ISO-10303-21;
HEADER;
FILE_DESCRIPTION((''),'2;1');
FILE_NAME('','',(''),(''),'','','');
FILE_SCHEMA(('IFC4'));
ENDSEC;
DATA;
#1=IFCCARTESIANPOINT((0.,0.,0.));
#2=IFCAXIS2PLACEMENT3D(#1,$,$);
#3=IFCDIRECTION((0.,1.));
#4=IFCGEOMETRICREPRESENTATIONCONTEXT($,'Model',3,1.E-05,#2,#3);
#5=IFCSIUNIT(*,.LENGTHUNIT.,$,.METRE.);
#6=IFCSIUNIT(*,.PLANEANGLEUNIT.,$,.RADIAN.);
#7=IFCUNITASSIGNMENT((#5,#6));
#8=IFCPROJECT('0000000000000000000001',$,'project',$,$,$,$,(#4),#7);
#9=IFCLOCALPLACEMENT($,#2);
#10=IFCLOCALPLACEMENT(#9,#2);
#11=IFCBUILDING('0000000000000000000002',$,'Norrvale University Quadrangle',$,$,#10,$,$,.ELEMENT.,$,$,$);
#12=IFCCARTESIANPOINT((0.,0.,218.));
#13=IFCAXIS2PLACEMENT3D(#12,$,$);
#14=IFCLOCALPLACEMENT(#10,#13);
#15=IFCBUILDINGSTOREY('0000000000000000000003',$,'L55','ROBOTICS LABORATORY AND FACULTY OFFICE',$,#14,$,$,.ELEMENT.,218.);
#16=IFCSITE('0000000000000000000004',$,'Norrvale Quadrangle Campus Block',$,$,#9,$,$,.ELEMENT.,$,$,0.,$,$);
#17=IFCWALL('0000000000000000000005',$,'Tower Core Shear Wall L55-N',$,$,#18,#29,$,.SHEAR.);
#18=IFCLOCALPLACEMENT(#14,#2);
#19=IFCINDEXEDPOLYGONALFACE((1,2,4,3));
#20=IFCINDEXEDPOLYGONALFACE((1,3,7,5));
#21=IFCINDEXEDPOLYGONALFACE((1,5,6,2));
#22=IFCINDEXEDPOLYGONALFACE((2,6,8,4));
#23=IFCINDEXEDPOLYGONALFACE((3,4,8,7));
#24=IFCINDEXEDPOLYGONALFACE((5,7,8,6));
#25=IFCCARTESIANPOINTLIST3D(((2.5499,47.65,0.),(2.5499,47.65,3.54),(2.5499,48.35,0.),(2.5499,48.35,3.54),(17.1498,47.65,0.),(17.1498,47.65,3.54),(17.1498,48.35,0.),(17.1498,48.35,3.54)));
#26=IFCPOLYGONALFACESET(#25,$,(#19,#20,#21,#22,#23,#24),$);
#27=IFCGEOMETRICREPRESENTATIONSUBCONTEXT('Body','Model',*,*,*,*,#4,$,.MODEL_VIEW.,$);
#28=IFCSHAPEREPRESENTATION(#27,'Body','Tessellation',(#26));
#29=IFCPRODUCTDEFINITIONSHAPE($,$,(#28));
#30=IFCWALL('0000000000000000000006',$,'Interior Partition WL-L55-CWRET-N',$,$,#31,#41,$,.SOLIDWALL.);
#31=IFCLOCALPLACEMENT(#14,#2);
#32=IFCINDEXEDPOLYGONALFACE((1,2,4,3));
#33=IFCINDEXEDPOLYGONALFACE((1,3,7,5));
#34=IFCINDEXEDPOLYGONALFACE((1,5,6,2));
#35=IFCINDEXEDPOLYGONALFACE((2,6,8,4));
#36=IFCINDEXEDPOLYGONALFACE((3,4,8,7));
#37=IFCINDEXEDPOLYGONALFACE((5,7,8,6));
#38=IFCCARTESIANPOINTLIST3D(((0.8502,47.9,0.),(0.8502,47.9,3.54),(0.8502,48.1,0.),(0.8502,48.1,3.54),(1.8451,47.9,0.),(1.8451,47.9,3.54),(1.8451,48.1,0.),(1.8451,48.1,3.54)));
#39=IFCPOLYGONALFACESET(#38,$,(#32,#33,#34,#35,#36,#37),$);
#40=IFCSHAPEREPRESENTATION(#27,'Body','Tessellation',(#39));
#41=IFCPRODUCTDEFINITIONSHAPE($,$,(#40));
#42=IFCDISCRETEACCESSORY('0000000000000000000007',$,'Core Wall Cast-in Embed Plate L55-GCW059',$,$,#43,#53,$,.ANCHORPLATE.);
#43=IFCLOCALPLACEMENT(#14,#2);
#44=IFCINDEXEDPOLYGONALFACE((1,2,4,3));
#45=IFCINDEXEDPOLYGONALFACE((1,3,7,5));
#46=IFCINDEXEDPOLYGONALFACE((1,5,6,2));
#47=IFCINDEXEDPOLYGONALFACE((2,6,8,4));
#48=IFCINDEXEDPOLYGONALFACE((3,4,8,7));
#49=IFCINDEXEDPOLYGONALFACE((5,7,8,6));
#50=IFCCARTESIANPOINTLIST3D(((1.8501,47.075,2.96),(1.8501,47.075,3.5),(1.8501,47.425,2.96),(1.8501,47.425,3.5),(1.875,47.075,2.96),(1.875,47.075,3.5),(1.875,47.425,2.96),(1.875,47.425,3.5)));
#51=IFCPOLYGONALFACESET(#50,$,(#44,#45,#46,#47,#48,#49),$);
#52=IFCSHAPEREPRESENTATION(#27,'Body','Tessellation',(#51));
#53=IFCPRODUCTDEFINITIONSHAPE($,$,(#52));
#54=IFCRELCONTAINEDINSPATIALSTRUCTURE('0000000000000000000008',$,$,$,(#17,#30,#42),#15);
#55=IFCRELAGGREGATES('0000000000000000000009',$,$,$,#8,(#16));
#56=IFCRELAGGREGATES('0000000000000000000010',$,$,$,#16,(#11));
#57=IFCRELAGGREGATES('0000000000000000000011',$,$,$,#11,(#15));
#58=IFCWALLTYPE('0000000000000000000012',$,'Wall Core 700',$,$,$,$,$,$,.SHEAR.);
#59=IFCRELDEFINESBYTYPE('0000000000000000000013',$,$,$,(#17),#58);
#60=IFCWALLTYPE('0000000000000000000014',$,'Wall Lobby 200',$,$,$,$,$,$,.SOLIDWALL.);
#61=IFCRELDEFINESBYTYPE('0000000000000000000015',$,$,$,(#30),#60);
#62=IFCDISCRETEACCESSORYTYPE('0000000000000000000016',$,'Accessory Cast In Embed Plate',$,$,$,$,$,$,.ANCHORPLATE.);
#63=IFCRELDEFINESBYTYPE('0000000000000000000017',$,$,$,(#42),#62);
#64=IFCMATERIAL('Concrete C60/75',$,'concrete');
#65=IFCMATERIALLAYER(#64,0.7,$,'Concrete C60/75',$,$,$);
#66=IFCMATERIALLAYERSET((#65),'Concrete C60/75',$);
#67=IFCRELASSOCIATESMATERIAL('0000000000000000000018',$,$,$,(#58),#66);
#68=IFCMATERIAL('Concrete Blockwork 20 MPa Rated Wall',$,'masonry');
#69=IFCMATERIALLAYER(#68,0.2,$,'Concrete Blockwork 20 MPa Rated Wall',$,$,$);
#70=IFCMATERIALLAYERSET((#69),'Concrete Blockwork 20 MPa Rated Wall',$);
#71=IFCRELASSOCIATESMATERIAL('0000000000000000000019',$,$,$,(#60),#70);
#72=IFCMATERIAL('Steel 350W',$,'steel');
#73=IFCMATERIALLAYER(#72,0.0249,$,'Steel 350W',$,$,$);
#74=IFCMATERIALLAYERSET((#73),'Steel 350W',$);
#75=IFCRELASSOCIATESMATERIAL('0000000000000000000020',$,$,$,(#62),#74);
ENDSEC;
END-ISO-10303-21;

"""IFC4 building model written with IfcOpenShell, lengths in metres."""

from ifc_helpers import new_model, si_unit, direction, frame, frame_2d, origin, origin_2d, place, context, subcontext, project, spatial, rectangle, extrude, material, layer, layer_set, type_object, element, save


model = new_model("IFC4")

# Units and contexts
model_context = context("Model", 3, precision=1e-05, world=origin(), true_north=direction((0.0, 1.0)))
body_context = subcontext(model_context, "Body", "Model", "MODEL_VIEW")
ifc_project = project(units=[si_unit("LENGTHUNIT", "METRE"), si_unit("PLANEANGLEUNIT", "RADIAN")], contexts=[model_context])

# Site, building, storey
site_placement = place(None, origin())
site = spatial("IfcSite", under=ifc_project, at=site_placement, Name="Norrvale Quadrangle Campus Block", CompositionType="ELEMENT", RefElevation=0.0)
building_placement = place(site_placement, origin())
building = spatial("IfcBuilding", under=site, at=building_placement, Name="Norrvale University Quadrangle", CompositionType="ELEMENT")
storey_placement = place(building_placement, frame((0.0, 0.0, 218.0)))
storey = spatial("IfcBuildingStorey", under=building, at=storey_placement, Name="L55", Description="ROBOTICS LABORATORY AND FACULTY OFFICE", CompositionType="ELEMENT", Elevation=218.0)

# Shared definitions
ifc_material_1 = material(Name="Concrete C60/75", Category="concrete")

# Shared definitions
ifc_material_2 = material(Name="Steel 350W", Category="steel")

# Walls
ifc_layer_1 = layer(ifc_material_1, 0.7, Name="Concrete C60/75")
ifc_layer_set_1 = layer_set([ifc_layer_1], Name="Concrete C60/75")
wall_type_1 = type_object("IfcWallType", Name="Wall Core 700", PredefinedType="SHEAR", material=ifc_layer_set_1)
wall_1_placement = place(storey_placement, frame((2.55, 48.0, 0.0), z_axis=(0.0, 0.0, 1.0), x_axis=(1.0, 0.0, 0.0)))
element("IfcWall", 1, at=wall_1_placement, inside=storey, type_object=wall_type_1, Name="Tower Core Shear Wall L55-N", PredefinedType="SHEAR", context=body_context, shape_type="SweptSolid", body=[
    extrude(rectangle(XDim=14.5999, YDim=0.7, at=frame_2d((7.2998, 0.0))), origin(), (0.0, 0.0, 1.0), 3.54),
])
ifc_material_3 = material(Name="Concrete Blockwork 20 MPa Rated Wall", Category="masonry")
ifc_layer_2 = layer(ifc_material_3, 0.2, Name="Concrete Blockwork 20 MPa Rated Wall")
ifc_layer_set_2 = layer_set([ifc_layer_2], Name="Concrete Blockwork 20 MPa Rated Wall")
wall_type_2 = type_object("IfcWallType", Name="Wall Lobby 200", PredefinedType="SOLIDWALL", material=ifc_layer_set_2)
wall_2_placement = place(storey_placement, frame((0.8501, 48.0, 0.0), z_axis=(0.0, 0.0, 1.0), x_axis=(1.0, 0.0, 0.0)))
element("IfcWall", 2, at=wall_2_placement, inside=storey, type_object=wall_type_2, Name="Interior Partition WL-L55-CWRET-N", PredefinedType="SOLIDWALL", context=body_context, shape_type="SweptSolid", body=[
    extrude(rectangle(XDim=0.9949, YDim=0.2, at=frame_2d((0.4976, 0.0))), origin(), (0.0, 0.0, 1.0), 3.54),
])

# Discrete accessory
ifc_layer_3 = layer(ifc_material_2, 0.0249, Name="Steel 350W")
ifc_layer_set_3 = layer_set([ifc_layer_3], Name="Steel 350W")
discrete_accessory_type = type_object("IfcDiscreteAccessoryType", Name="Accessory Cast In Embed Plate", PredefinedType="ANCHORPLATE", material=ifc_layer_set_3)
discrete_accessory_placement = place(storey_placement, frame((1.8625, 47.25, 2.96), z_axis=(0.0, 0.0, 1.0), x_axis=(1.0, 0.0, 0.0)))
element("IfcDiscreteAccessory", 3, at=discrete_accessory_placement, inside=storey, type_object=discrete_accessory_type, Name="Core Wall Cast-in Embed Plate L55-GCW059", PredefinedType="ANCHORPLATE", context=body_context, shape_type="SweptSolid", body=[
    extrude(rectangle(XDim=0.0249, YDim=0.3501, at=origin_2d()), origin(), (0.0, 0.0, 1.0), 0.54),
])

save(model, "model.ifc")
